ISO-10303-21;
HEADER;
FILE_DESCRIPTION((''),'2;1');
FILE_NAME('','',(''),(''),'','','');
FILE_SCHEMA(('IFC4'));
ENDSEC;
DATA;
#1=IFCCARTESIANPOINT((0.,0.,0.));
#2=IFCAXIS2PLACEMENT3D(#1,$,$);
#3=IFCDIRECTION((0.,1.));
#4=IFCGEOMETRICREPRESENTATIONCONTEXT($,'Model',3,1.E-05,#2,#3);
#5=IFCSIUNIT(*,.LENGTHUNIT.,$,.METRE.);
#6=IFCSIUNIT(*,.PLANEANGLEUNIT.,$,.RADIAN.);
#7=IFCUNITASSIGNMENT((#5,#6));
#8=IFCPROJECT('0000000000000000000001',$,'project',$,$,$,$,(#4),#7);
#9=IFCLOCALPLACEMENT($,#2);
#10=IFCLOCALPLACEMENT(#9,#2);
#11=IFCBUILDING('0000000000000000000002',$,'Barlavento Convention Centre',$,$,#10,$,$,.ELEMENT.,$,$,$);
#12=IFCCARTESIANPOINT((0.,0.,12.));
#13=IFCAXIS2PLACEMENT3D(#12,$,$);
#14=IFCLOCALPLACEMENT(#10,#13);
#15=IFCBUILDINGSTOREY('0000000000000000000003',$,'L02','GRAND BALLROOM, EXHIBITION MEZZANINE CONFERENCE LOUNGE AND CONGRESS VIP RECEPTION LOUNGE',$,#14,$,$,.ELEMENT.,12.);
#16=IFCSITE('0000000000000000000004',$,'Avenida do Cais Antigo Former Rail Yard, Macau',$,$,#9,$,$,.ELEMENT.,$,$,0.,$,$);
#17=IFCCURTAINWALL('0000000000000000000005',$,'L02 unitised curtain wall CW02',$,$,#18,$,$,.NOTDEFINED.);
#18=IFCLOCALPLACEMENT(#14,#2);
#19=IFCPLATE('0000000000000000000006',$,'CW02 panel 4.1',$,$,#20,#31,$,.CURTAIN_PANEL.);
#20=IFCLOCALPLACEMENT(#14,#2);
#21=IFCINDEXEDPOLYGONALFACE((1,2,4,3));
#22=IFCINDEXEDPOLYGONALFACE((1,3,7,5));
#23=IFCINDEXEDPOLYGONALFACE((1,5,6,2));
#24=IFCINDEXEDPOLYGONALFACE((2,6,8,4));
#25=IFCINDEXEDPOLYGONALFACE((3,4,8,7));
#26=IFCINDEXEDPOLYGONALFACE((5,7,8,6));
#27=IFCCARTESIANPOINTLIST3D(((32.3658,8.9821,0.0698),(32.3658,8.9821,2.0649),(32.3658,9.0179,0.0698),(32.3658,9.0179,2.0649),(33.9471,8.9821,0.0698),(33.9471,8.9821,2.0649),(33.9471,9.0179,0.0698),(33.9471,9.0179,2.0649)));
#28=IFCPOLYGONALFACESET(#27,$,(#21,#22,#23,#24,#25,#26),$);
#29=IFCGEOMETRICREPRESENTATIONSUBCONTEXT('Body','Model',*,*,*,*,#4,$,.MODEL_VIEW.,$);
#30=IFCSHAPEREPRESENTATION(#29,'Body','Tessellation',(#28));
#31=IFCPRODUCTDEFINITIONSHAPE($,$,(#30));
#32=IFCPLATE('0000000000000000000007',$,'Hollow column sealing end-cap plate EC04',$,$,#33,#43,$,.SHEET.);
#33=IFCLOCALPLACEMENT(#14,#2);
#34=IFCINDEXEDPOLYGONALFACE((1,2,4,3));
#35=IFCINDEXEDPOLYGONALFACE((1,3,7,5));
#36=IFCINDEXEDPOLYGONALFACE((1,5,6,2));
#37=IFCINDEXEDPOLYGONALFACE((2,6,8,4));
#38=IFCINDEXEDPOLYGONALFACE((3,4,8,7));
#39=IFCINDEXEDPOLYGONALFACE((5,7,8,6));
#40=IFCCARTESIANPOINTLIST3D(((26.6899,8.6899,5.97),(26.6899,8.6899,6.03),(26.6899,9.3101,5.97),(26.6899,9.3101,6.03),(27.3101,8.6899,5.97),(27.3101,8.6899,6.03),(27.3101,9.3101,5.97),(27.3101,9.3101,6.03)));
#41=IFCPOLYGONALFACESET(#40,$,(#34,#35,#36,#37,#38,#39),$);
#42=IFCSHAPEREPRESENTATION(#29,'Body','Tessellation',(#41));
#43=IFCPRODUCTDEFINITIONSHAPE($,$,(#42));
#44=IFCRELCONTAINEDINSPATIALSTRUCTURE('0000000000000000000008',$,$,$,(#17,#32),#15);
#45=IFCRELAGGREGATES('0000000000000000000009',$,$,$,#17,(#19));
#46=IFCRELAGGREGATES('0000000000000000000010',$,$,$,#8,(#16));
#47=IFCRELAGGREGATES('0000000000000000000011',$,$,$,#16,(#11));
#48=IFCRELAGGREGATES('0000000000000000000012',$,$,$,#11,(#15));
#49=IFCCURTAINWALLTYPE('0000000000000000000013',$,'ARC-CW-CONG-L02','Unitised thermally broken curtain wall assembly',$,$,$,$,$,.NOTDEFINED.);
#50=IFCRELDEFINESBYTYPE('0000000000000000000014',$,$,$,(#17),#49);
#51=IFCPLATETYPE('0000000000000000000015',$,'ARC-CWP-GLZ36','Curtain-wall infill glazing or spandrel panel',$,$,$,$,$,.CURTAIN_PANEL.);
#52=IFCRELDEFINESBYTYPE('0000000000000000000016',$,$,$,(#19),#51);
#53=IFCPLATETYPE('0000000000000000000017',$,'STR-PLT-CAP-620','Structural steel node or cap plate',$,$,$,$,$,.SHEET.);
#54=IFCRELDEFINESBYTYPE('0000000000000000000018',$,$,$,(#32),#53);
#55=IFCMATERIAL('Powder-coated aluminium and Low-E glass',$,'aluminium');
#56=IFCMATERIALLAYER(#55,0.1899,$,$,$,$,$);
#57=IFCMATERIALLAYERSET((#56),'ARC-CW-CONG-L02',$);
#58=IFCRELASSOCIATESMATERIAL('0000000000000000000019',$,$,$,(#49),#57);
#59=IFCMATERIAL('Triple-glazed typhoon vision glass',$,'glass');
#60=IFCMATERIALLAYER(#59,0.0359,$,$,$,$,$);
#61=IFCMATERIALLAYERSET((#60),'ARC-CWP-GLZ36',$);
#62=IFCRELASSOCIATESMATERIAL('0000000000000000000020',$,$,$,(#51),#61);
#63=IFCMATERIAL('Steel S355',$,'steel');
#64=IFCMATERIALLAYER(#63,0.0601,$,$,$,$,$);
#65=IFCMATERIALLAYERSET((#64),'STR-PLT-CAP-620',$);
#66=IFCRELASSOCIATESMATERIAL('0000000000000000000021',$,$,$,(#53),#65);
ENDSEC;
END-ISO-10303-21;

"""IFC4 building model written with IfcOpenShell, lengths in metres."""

from ifc_helpers import new_model, si_unit, direction, frame, origin, origin_2d, place, context, subcontext, project, spatial, rectangle, extrude, material, layer, layer_set, type_object, element, aggregate, save


model = new_model("IFC4")

# Units and contexts
model_context = context("Model", 3, precision=1e-05, world=origin(), true_north=direction((0.0, 1.0)))
body_context = subcontext(model_context, "Body", "Model", "MODEL_VIEW")
ifc_project = project(units=[si_unit("LENGTHUNIT", "METRE"), si_unit("PLANEANGLEUNIT", "RADIAN")], contexts=[model_context])

# Site, building, storey
site_placement = place(None, origin())
site = spatial("IfcSite", under=ifc_project, at=site_placement, Name="Avenida do Cais Antigo Former Rail Yard, Macau", CompositionType="ELEMENT", RefElevation=0.0)
building_placement = place(site_placement, origin())
building = spatial("IfcBuilding", under=site, at=building_placement, Name="Barlavento Convention Centre", CompositionType="ELEMENT")
storey_placement = place(building_placement, frame((0.0, 0.0, 12.0)))
storey = spatial("IfcBuildingStorey", under=building, at=storey_placement, Name="L02", Description="GRAND BALLROOM, EXHIBITION MEZZANINE CONFERENCE LOUNGE AND CONGRESS VIP RECEPTION LOUNGE", CompositionType="ELEMENT", Elevation=12.0)

# Curtain wall
ifc_material_1 = material(Name="Powder-coated aluminium and Low-E glass", Category="aluminium")
ifc_layer_1 = layer(ifc_material_1, 0.1899)
ifc_layer_set_1 = layer_set([ifc_layer_1], Name="ARC-CW-CONG-L02")
curtain_wall_type = type_object("IfcCurtainWallType", Name="ARC-CW-CONG-L02", Description="Unitised thermally broken curtain wall assembly", PredefinedType="NOTDEFINED", material=ifc_layer_set_1)
curtain_wall_1_placement = place(storey_placement, origin())
curtain_wall_1 = element("IfcCurtainWall", 1, at=curtain_wall_1_placement, inside=storey, type_object=curtain_wall_type, Name="L02 unitised curtain wall CW02", PredefinedType="NOTDEFINED")

# Shared definitions
ifc_material_2 = material(Name="Steel S355", Category="steel")

# Plates
ifc_material_3 = material(Name="Triple-glazed typhoon vision glass", Category="glass")
ifc_layer_2 = layer(ifc_material_3, 0.0359)
ifc_layer_set_2 = layer_set([ifc_layer_2], Name="ARC-CWP-GLZ36")
plate_type_1 = type_object("IfcPlateType", Name="ARC-CWP-GLZ36", Description="Curtain-wall infill glazing or spandrel panel", PredefinedType="CURTAIN_PANEL", material=ifc_layer_set_2)
plate_1_placement = place(storey_placement, frame((33.1565, 9.0, 0.0698), z_axis=(0.0, 0.0, 1.0), x_axis=(1.0, 0.0, 0.0)))
plate_1 = element("IfcPlate", 2, at=plate_1_placement, type_object=plate_type_1, Name="CW02 panel 4.1", PredefinedType="CURTAIN_PANEL", context=body_context, shape_type="SweptSolid", body=[
    extrude(rectangle(XDim=1.5813, YDim=0.0359, at=origin_2d()), origin(), (0.0, 0.0, 1.0), 1.9951),
])
aggregate(curtain_wall_1, [plate_1])
ifc_layer_3 = layer(ifc_material_2, 0.0601)
ifc_layer_set_3 = layer_set([ifc_layer_3], Name="STR-PLT-CAP-620")
plate_type_2 = type_object("IfcPlateType", Name="STR-PLT-CAP-620", Description="Structural steel node or cap plate", PredefinedType="SHEET", material=ifc_layer_set_3)
plate_2_placement = place(storey_placement, frame((27.0, 9.0, 5.97), z_axis=(0.0, 0.0, 1.0), x_axis=(1.0, 0.0, 0.0)))
element("IfcPlate", 3, at=plate_2_placement, inside=storey, type_object=plate_type_2, Name="Hollow column sealing end-cap plate EC04", PredefinedType="SHEET", context=body_context, shape_type="SweptSolid", body=[
    extrude(rectangle(XDim=0.6201, YDim=0.6201, at=origin_2d()), origin(), (0.0, 0.0, 1.0), 0.0601),
])

save(model, "model.ifc")
